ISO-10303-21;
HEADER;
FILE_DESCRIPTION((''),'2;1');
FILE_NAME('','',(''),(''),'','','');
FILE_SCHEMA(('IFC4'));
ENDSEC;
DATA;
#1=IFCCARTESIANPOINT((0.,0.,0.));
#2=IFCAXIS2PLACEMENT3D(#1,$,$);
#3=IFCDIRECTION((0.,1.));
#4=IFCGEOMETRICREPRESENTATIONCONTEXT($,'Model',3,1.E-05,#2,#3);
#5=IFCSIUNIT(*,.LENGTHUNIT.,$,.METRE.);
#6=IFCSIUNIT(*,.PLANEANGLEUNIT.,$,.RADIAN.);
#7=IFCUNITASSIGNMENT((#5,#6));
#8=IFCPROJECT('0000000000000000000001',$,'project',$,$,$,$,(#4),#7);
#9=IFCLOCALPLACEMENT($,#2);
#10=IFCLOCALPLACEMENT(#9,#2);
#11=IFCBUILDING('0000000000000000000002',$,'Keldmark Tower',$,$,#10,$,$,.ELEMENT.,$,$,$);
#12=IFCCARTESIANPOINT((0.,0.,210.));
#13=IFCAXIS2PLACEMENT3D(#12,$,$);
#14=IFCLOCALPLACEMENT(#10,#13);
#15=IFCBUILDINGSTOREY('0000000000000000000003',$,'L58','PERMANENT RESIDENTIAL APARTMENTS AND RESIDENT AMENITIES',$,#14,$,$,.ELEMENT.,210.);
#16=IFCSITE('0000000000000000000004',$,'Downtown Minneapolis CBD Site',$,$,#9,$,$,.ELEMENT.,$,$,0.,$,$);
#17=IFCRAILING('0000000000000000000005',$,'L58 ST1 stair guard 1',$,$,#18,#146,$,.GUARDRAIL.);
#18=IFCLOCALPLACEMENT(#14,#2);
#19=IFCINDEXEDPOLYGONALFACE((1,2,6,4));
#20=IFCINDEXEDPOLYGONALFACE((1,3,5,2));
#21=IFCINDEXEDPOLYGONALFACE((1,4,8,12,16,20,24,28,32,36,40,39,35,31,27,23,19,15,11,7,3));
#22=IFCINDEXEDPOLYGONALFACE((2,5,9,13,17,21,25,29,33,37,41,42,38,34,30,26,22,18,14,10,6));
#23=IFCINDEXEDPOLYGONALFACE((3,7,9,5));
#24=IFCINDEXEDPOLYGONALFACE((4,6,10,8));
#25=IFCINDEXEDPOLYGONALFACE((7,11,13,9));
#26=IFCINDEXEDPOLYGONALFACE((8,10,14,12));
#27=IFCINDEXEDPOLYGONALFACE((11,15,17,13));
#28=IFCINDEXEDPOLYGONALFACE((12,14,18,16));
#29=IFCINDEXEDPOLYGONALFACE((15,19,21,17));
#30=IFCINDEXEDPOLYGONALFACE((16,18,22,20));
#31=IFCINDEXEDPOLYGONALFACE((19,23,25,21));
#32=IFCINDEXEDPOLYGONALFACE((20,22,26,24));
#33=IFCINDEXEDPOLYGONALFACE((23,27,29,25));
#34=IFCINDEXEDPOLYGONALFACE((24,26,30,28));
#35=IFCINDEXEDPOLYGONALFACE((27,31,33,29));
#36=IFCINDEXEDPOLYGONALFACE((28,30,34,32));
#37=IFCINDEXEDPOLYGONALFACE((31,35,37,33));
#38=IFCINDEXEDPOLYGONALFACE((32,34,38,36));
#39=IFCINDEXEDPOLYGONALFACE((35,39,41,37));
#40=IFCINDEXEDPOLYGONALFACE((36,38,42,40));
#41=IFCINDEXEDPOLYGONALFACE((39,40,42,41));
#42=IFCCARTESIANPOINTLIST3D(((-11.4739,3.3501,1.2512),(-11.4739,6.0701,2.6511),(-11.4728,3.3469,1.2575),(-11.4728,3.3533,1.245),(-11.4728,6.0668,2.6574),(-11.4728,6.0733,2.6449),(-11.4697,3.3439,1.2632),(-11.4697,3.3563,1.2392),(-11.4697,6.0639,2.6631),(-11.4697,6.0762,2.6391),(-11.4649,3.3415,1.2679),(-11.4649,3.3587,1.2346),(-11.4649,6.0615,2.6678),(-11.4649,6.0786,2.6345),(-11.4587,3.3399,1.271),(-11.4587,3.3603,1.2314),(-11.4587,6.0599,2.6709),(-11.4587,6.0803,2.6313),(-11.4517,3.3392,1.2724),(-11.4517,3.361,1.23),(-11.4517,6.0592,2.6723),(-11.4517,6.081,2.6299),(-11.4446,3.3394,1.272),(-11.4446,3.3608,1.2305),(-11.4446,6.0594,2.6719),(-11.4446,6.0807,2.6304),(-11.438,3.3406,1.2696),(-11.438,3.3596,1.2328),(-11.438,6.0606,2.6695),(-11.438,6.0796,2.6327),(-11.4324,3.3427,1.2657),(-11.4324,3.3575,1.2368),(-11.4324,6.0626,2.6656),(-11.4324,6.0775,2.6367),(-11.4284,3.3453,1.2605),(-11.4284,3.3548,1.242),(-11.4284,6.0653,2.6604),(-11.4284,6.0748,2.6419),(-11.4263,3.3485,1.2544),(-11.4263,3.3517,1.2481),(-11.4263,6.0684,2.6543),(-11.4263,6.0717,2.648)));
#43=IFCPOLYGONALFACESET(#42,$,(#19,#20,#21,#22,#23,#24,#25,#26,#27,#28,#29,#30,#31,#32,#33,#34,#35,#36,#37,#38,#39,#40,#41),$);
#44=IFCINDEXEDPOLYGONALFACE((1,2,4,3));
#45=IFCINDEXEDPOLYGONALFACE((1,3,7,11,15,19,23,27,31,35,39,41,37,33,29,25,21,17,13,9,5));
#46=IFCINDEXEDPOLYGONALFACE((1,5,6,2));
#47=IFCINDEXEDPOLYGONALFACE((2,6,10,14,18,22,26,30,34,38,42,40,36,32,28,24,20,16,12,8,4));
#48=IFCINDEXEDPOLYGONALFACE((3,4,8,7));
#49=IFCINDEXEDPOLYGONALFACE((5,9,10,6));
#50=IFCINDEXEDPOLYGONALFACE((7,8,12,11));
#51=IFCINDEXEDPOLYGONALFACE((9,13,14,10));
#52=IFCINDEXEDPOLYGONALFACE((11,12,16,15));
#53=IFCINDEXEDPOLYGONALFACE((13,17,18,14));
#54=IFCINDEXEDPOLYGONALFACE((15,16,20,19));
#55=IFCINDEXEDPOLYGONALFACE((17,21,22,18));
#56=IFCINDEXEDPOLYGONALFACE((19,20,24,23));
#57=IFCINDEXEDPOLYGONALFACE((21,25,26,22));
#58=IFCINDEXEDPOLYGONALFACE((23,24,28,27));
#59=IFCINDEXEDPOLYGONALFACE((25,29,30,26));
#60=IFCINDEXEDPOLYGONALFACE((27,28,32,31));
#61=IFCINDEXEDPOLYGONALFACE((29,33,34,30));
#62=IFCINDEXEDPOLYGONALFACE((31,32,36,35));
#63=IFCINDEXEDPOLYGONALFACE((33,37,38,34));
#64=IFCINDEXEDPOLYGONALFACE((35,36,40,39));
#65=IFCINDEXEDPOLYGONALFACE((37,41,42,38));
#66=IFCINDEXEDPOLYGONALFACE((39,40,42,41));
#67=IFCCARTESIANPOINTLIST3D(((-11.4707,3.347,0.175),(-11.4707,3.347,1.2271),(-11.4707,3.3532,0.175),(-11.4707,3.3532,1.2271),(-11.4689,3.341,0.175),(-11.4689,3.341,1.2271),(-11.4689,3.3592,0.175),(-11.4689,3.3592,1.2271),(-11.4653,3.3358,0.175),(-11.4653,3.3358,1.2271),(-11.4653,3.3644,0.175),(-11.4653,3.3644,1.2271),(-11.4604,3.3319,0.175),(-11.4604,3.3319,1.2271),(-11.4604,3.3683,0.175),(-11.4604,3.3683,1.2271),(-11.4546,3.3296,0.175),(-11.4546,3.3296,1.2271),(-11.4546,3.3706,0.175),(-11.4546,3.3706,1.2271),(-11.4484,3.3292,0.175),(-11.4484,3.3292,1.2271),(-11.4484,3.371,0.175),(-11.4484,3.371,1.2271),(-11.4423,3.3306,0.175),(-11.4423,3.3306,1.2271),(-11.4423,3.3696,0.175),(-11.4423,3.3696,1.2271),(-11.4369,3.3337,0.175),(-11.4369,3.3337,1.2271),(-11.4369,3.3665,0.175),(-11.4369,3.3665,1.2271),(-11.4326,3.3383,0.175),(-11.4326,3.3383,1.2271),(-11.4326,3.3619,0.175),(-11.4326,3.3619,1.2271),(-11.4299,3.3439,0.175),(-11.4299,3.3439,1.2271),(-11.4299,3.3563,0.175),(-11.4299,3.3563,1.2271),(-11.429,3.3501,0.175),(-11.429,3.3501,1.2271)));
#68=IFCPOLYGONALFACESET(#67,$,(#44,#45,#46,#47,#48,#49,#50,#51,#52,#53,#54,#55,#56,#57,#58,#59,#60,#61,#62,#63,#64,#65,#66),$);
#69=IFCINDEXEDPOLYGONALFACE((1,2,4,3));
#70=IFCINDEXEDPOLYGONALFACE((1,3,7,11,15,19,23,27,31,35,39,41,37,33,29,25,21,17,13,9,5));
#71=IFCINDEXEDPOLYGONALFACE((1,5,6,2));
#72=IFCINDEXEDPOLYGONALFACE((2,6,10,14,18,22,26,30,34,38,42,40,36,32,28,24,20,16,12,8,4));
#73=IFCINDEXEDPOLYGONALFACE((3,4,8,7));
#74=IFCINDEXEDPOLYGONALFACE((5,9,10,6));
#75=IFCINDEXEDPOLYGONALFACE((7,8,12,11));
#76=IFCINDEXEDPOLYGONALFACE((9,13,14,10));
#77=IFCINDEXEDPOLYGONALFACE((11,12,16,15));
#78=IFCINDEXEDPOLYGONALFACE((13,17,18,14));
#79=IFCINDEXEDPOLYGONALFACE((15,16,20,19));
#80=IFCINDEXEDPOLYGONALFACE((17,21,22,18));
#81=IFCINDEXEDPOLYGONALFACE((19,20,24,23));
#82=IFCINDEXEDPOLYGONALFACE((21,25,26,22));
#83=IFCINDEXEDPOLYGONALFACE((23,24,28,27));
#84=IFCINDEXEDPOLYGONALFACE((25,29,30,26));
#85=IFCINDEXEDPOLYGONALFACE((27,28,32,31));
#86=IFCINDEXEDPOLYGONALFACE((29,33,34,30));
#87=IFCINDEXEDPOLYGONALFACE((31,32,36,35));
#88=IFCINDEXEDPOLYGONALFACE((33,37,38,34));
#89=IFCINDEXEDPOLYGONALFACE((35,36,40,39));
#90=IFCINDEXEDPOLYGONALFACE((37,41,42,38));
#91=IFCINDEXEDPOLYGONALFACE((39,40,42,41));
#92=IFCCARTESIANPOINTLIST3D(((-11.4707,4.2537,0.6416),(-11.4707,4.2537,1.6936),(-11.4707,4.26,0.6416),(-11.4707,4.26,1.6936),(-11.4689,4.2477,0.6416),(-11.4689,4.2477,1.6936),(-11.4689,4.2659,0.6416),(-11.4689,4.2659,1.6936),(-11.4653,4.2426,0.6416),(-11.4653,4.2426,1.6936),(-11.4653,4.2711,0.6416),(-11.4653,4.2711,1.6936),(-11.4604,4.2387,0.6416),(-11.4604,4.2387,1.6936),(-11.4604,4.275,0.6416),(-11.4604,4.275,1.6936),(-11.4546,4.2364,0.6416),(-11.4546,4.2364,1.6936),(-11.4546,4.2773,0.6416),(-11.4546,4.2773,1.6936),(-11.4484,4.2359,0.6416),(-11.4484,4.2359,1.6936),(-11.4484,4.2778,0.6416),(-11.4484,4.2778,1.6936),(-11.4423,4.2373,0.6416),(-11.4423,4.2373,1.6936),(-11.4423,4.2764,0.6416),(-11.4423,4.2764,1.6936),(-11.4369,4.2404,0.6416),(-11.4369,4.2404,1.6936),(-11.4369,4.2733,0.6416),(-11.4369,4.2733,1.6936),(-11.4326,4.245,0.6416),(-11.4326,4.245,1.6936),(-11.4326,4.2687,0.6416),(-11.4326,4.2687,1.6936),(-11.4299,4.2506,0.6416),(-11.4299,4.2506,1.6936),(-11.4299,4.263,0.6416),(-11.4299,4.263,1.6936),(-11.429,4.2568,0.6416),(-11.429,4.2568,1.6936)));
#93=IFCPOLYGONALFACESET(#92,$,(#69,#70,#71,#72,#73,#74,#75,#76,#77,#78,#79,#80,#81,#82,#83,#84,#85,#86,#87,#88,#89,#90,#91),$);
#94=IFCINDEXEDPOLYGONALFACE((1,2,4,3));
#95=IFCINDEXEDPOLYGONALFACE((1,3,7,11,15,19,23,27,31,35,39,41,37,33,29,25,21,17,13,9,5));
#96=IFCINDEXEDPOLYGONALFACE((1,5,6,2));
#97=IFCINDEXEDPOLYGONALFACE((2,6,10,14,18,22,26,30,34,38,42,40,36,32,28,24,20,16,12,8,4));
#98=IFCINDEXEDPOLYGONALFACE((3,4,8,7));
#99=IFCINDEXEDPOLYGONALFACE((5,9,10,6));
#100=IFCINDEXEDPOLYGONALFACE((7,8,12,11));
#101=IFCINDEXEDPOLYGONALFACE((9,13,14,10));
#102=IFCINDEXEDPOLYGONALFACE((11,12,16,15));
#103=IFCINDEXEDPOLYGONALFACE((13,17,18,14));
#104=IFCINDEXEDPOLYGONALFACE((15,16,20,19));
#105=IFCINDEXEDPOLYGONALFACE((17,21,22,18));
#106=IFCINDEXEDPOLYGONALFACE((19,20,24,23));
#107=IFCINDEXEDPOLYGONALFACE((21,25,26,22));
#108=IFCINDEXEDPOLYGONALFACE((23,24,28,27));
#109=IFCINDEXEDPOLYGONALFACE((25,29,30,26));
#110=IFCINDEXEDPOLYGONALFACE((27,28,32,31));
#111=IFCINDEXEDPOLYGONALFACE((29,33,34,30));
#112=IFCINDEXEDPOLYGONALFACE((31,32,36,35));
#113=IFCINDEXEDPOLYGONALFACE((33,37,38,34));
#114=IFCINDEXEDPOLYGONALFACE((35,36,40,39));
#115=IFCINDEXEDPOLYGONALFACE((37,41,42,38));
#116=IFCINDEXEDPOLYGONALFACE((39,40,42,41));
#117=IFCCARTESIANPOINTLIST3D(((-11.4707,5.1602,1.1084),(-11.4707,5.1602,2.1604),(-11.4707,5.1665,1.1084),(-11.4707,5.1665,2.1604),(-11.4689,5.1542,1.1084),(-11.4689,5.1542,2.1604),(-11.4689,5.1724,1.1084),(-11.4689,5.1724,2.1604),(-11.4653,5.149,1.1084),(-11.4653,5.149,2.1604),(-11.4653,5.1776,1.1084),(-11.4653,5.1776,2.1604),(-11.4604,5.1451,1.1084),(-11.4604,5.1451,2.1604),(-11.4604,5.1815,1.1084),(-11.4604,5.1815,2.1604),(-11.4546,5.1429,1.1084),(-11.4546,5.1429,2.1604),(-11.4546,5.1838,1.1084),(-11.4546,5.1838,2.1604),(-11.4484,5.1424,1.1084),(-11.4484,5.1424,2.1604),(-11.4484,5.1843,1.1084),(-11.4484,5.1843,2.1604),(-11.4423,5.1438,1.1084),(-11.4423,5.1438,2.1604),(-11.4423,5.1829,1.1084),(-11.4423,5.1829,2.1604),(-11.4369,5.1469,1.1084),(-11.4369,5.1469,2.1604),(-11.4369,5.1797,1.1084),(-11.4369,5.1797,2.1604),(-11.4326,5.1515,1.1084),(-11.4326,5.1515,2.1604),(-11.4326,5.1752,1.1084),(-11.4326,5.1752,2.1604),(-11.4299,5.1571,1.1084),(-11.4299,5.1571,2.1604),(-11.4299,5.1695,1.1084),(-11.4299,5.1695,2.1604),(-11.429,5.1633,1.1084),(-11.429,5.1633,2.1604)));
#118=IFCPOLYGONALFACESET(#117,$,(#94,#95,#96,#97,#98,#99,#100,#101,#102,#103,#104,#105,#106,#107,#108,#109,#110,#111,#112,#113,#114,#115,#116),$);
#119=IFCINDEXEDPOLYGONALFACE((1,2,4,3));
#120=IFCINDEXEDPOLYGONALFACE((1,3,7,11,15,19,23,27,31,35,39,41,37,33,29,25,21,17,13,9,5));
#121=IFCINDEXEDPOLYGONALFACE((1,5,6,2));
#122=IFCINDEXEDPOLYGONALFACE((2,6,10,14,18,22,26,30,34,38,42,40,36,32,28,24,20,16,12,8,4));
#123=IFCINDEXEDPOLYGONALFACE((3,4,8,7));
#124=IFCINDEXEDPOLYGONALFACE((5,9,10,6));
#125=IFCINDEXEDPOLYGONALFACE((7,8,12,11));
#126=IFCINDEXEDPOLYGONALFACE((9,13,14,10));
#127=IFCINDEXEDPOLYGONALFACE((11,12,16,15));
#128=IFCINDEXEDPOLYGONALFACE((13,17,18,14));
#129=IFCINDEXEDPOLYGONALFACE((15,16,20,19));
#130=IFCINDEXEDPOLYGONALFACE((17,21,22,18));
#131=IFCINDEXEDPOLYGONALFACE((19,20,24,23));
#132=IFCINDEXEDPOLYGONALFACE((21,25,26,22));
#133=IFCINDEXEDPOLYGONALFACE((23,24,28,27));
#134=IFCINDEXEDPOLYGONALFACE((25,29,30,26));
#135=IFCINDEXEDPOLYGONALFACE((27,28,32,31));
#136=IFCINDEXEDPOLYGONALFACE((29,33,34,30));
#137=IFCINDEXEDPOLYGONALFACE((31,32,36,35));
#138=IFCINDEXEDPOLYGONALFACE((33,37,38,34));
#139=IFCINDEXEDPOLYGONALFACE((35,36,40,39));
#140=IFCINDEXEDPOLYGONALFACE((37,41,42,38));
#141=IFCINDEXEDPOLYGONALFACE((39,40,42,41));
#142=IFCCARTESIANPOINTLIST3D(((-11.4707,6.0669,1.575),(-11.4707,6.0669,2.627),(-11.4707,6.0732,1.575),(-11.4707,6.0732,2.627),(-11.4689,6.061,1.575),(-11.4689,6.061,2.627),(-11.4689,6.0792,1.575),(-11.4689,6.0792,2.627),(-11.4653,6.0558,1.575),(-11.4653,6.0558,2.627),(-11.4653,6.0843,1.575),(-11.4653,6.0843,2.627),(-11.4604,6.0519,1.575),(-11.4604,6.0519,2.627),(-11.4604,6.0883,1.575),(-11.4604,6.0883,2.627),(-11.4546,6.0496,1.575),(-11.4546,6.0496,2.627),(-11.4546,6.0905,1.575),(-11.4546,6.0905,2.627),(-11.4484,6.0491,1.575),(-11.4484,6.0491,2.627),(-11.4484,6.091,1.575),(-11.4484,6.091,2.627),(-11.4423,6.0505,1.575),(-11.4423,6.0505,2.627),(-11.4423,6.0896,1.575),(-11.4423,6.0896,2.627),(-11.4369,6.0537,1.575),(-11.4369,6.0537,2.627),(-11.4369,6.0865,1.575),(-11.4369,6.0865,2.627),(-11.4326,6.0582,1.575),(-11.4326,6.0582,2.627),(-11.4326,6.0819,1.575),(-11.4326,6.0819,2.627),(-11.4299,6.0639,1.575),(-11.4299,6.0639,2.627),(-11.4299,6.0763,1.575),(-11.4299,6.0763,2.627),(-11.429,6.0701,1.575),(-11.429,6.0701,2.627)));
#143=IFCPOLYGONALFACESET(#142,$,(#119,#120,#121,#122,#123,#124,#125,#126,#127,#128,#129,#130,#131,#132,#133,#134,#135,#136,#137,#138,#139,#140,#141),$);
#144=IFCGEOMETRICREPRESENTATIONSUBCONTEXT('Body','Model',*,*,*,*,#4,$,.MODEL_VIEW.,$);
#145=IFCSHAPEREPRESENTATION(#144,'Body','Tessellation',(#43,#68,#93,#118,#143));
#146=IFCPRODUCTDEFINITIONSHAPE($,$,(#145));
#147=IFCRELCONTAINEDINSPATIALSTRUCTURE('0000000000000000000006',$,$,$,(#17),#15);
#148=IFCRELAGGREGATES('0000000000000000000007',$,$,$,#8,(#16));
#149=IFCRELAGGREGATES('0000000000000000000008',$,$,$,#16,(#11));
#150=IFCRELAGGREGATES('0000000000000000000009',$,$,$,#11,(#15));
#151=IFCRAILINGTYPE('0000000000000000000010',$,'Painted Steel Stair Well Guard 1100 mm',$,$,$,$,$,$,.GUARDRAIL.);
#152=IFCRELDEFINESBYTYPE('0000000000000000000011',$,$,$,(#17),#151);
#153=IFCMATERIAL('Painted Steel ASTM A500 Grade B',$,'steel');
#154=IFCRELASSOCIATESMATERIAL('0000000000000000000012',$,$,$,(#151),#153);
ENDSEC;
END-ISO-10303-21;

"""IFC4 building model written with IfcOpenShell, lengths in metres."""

from ifc_helpers import new_model, si_unit, direction, frame, origin, origin_2d, place, context, subcontext, project, spatial, circle, extrude, material, type_object, element, save


model = new_model("IFC4")

# Units and contexts
model_context = context("Model", 3, precision=1e-05, world=origin(), true_north=direction((0.0, 1.0)))
body_context = subcontext(model_context, "Body", "Model", "MODEL_VIEW")
ifc_project = project(units=[si_unit("LENGTHUNIT", "METRE"), si_unit("PLANEANGLEUNIT", "RADIAN")], contexts=[model_context])

# Site, building, storey
site_placement = place(None, origin())
site = spatial("IfcSite", under=ifc_project, at=site_placement, Name="Downtown Minneapolis CBD Site", CompositionType="ELEMENT", RefElevation=0.0)
building_placement = place(site_placement, origin())
building = spatial("IfcBuilding", under=site, at=building_placement, Name="Keldmark Tower", CompositionType="ELEMENT")
storey_placement = place(building_placement, frame((0.0, 0.0, 210.0)))
storey = spatial("IfcBuildingStorey", under=building, at=storey_placement, Name="L58", Description="PERMANENT RESIDENTIAL APARTMENTS AND RESIDENT AMENITIES", CompositionType="ELEMENT", Elevation=210.0)

# Railing
ifc_material_1 = material(Name="Painted Steel ASTM A500 Grade B", Category="steel")
railing_type_1 = type_object("IfcRailingType", Name="Painted Steel Stair Well Guard 1100 mm", PredefinedType="GUARDRAIL", material=ifc_material_1)
railing_1_placement = place(storey_placement, frame((-11.45, 3.3501, 0.175)))
element("IfcRailing", 1, at=railing_1_placement, inside=storey, type_object=railing_type_1, Name="L58 ST1 stair guard 1", PredefinedType="GUARDRAIL", context=body_context, shape_type="SweptSolid", body=[
    extrude(circle(Radius=0.0239, at=origin_2d()), frame((0.0, 0.0, 1.0762), z_axis=(0.0, 0.889147, 0.457622), x_axis=(-1.0, 0.0, 0.0)), (0.0, 0.0, 1.0), 3.0591),
    extrude(circle(Radius=0.021, at=origin_2d()), origin(), (0.0, 0.0, 1.0), 1.052),
    extrude(circle(Radius=0.021, at=origin_2d()), frame((0.0, 0.9067, 0.4666)), (0.0, 0.0, 1.0), 1.052),
    extrude(circle(Radius=0.021, at=origin_2d()), frame((0.0, 1.8132, 0.9333)), (0.0, 0.0, 1.0), 1.052),
    extrude(circle(Radius=0.021, at=origin_2d()), frame((0.0, 2.72, 1.3999)), (0.0, 0.0, 1.0), 1.052),
])

save(model, "model.ifc")
